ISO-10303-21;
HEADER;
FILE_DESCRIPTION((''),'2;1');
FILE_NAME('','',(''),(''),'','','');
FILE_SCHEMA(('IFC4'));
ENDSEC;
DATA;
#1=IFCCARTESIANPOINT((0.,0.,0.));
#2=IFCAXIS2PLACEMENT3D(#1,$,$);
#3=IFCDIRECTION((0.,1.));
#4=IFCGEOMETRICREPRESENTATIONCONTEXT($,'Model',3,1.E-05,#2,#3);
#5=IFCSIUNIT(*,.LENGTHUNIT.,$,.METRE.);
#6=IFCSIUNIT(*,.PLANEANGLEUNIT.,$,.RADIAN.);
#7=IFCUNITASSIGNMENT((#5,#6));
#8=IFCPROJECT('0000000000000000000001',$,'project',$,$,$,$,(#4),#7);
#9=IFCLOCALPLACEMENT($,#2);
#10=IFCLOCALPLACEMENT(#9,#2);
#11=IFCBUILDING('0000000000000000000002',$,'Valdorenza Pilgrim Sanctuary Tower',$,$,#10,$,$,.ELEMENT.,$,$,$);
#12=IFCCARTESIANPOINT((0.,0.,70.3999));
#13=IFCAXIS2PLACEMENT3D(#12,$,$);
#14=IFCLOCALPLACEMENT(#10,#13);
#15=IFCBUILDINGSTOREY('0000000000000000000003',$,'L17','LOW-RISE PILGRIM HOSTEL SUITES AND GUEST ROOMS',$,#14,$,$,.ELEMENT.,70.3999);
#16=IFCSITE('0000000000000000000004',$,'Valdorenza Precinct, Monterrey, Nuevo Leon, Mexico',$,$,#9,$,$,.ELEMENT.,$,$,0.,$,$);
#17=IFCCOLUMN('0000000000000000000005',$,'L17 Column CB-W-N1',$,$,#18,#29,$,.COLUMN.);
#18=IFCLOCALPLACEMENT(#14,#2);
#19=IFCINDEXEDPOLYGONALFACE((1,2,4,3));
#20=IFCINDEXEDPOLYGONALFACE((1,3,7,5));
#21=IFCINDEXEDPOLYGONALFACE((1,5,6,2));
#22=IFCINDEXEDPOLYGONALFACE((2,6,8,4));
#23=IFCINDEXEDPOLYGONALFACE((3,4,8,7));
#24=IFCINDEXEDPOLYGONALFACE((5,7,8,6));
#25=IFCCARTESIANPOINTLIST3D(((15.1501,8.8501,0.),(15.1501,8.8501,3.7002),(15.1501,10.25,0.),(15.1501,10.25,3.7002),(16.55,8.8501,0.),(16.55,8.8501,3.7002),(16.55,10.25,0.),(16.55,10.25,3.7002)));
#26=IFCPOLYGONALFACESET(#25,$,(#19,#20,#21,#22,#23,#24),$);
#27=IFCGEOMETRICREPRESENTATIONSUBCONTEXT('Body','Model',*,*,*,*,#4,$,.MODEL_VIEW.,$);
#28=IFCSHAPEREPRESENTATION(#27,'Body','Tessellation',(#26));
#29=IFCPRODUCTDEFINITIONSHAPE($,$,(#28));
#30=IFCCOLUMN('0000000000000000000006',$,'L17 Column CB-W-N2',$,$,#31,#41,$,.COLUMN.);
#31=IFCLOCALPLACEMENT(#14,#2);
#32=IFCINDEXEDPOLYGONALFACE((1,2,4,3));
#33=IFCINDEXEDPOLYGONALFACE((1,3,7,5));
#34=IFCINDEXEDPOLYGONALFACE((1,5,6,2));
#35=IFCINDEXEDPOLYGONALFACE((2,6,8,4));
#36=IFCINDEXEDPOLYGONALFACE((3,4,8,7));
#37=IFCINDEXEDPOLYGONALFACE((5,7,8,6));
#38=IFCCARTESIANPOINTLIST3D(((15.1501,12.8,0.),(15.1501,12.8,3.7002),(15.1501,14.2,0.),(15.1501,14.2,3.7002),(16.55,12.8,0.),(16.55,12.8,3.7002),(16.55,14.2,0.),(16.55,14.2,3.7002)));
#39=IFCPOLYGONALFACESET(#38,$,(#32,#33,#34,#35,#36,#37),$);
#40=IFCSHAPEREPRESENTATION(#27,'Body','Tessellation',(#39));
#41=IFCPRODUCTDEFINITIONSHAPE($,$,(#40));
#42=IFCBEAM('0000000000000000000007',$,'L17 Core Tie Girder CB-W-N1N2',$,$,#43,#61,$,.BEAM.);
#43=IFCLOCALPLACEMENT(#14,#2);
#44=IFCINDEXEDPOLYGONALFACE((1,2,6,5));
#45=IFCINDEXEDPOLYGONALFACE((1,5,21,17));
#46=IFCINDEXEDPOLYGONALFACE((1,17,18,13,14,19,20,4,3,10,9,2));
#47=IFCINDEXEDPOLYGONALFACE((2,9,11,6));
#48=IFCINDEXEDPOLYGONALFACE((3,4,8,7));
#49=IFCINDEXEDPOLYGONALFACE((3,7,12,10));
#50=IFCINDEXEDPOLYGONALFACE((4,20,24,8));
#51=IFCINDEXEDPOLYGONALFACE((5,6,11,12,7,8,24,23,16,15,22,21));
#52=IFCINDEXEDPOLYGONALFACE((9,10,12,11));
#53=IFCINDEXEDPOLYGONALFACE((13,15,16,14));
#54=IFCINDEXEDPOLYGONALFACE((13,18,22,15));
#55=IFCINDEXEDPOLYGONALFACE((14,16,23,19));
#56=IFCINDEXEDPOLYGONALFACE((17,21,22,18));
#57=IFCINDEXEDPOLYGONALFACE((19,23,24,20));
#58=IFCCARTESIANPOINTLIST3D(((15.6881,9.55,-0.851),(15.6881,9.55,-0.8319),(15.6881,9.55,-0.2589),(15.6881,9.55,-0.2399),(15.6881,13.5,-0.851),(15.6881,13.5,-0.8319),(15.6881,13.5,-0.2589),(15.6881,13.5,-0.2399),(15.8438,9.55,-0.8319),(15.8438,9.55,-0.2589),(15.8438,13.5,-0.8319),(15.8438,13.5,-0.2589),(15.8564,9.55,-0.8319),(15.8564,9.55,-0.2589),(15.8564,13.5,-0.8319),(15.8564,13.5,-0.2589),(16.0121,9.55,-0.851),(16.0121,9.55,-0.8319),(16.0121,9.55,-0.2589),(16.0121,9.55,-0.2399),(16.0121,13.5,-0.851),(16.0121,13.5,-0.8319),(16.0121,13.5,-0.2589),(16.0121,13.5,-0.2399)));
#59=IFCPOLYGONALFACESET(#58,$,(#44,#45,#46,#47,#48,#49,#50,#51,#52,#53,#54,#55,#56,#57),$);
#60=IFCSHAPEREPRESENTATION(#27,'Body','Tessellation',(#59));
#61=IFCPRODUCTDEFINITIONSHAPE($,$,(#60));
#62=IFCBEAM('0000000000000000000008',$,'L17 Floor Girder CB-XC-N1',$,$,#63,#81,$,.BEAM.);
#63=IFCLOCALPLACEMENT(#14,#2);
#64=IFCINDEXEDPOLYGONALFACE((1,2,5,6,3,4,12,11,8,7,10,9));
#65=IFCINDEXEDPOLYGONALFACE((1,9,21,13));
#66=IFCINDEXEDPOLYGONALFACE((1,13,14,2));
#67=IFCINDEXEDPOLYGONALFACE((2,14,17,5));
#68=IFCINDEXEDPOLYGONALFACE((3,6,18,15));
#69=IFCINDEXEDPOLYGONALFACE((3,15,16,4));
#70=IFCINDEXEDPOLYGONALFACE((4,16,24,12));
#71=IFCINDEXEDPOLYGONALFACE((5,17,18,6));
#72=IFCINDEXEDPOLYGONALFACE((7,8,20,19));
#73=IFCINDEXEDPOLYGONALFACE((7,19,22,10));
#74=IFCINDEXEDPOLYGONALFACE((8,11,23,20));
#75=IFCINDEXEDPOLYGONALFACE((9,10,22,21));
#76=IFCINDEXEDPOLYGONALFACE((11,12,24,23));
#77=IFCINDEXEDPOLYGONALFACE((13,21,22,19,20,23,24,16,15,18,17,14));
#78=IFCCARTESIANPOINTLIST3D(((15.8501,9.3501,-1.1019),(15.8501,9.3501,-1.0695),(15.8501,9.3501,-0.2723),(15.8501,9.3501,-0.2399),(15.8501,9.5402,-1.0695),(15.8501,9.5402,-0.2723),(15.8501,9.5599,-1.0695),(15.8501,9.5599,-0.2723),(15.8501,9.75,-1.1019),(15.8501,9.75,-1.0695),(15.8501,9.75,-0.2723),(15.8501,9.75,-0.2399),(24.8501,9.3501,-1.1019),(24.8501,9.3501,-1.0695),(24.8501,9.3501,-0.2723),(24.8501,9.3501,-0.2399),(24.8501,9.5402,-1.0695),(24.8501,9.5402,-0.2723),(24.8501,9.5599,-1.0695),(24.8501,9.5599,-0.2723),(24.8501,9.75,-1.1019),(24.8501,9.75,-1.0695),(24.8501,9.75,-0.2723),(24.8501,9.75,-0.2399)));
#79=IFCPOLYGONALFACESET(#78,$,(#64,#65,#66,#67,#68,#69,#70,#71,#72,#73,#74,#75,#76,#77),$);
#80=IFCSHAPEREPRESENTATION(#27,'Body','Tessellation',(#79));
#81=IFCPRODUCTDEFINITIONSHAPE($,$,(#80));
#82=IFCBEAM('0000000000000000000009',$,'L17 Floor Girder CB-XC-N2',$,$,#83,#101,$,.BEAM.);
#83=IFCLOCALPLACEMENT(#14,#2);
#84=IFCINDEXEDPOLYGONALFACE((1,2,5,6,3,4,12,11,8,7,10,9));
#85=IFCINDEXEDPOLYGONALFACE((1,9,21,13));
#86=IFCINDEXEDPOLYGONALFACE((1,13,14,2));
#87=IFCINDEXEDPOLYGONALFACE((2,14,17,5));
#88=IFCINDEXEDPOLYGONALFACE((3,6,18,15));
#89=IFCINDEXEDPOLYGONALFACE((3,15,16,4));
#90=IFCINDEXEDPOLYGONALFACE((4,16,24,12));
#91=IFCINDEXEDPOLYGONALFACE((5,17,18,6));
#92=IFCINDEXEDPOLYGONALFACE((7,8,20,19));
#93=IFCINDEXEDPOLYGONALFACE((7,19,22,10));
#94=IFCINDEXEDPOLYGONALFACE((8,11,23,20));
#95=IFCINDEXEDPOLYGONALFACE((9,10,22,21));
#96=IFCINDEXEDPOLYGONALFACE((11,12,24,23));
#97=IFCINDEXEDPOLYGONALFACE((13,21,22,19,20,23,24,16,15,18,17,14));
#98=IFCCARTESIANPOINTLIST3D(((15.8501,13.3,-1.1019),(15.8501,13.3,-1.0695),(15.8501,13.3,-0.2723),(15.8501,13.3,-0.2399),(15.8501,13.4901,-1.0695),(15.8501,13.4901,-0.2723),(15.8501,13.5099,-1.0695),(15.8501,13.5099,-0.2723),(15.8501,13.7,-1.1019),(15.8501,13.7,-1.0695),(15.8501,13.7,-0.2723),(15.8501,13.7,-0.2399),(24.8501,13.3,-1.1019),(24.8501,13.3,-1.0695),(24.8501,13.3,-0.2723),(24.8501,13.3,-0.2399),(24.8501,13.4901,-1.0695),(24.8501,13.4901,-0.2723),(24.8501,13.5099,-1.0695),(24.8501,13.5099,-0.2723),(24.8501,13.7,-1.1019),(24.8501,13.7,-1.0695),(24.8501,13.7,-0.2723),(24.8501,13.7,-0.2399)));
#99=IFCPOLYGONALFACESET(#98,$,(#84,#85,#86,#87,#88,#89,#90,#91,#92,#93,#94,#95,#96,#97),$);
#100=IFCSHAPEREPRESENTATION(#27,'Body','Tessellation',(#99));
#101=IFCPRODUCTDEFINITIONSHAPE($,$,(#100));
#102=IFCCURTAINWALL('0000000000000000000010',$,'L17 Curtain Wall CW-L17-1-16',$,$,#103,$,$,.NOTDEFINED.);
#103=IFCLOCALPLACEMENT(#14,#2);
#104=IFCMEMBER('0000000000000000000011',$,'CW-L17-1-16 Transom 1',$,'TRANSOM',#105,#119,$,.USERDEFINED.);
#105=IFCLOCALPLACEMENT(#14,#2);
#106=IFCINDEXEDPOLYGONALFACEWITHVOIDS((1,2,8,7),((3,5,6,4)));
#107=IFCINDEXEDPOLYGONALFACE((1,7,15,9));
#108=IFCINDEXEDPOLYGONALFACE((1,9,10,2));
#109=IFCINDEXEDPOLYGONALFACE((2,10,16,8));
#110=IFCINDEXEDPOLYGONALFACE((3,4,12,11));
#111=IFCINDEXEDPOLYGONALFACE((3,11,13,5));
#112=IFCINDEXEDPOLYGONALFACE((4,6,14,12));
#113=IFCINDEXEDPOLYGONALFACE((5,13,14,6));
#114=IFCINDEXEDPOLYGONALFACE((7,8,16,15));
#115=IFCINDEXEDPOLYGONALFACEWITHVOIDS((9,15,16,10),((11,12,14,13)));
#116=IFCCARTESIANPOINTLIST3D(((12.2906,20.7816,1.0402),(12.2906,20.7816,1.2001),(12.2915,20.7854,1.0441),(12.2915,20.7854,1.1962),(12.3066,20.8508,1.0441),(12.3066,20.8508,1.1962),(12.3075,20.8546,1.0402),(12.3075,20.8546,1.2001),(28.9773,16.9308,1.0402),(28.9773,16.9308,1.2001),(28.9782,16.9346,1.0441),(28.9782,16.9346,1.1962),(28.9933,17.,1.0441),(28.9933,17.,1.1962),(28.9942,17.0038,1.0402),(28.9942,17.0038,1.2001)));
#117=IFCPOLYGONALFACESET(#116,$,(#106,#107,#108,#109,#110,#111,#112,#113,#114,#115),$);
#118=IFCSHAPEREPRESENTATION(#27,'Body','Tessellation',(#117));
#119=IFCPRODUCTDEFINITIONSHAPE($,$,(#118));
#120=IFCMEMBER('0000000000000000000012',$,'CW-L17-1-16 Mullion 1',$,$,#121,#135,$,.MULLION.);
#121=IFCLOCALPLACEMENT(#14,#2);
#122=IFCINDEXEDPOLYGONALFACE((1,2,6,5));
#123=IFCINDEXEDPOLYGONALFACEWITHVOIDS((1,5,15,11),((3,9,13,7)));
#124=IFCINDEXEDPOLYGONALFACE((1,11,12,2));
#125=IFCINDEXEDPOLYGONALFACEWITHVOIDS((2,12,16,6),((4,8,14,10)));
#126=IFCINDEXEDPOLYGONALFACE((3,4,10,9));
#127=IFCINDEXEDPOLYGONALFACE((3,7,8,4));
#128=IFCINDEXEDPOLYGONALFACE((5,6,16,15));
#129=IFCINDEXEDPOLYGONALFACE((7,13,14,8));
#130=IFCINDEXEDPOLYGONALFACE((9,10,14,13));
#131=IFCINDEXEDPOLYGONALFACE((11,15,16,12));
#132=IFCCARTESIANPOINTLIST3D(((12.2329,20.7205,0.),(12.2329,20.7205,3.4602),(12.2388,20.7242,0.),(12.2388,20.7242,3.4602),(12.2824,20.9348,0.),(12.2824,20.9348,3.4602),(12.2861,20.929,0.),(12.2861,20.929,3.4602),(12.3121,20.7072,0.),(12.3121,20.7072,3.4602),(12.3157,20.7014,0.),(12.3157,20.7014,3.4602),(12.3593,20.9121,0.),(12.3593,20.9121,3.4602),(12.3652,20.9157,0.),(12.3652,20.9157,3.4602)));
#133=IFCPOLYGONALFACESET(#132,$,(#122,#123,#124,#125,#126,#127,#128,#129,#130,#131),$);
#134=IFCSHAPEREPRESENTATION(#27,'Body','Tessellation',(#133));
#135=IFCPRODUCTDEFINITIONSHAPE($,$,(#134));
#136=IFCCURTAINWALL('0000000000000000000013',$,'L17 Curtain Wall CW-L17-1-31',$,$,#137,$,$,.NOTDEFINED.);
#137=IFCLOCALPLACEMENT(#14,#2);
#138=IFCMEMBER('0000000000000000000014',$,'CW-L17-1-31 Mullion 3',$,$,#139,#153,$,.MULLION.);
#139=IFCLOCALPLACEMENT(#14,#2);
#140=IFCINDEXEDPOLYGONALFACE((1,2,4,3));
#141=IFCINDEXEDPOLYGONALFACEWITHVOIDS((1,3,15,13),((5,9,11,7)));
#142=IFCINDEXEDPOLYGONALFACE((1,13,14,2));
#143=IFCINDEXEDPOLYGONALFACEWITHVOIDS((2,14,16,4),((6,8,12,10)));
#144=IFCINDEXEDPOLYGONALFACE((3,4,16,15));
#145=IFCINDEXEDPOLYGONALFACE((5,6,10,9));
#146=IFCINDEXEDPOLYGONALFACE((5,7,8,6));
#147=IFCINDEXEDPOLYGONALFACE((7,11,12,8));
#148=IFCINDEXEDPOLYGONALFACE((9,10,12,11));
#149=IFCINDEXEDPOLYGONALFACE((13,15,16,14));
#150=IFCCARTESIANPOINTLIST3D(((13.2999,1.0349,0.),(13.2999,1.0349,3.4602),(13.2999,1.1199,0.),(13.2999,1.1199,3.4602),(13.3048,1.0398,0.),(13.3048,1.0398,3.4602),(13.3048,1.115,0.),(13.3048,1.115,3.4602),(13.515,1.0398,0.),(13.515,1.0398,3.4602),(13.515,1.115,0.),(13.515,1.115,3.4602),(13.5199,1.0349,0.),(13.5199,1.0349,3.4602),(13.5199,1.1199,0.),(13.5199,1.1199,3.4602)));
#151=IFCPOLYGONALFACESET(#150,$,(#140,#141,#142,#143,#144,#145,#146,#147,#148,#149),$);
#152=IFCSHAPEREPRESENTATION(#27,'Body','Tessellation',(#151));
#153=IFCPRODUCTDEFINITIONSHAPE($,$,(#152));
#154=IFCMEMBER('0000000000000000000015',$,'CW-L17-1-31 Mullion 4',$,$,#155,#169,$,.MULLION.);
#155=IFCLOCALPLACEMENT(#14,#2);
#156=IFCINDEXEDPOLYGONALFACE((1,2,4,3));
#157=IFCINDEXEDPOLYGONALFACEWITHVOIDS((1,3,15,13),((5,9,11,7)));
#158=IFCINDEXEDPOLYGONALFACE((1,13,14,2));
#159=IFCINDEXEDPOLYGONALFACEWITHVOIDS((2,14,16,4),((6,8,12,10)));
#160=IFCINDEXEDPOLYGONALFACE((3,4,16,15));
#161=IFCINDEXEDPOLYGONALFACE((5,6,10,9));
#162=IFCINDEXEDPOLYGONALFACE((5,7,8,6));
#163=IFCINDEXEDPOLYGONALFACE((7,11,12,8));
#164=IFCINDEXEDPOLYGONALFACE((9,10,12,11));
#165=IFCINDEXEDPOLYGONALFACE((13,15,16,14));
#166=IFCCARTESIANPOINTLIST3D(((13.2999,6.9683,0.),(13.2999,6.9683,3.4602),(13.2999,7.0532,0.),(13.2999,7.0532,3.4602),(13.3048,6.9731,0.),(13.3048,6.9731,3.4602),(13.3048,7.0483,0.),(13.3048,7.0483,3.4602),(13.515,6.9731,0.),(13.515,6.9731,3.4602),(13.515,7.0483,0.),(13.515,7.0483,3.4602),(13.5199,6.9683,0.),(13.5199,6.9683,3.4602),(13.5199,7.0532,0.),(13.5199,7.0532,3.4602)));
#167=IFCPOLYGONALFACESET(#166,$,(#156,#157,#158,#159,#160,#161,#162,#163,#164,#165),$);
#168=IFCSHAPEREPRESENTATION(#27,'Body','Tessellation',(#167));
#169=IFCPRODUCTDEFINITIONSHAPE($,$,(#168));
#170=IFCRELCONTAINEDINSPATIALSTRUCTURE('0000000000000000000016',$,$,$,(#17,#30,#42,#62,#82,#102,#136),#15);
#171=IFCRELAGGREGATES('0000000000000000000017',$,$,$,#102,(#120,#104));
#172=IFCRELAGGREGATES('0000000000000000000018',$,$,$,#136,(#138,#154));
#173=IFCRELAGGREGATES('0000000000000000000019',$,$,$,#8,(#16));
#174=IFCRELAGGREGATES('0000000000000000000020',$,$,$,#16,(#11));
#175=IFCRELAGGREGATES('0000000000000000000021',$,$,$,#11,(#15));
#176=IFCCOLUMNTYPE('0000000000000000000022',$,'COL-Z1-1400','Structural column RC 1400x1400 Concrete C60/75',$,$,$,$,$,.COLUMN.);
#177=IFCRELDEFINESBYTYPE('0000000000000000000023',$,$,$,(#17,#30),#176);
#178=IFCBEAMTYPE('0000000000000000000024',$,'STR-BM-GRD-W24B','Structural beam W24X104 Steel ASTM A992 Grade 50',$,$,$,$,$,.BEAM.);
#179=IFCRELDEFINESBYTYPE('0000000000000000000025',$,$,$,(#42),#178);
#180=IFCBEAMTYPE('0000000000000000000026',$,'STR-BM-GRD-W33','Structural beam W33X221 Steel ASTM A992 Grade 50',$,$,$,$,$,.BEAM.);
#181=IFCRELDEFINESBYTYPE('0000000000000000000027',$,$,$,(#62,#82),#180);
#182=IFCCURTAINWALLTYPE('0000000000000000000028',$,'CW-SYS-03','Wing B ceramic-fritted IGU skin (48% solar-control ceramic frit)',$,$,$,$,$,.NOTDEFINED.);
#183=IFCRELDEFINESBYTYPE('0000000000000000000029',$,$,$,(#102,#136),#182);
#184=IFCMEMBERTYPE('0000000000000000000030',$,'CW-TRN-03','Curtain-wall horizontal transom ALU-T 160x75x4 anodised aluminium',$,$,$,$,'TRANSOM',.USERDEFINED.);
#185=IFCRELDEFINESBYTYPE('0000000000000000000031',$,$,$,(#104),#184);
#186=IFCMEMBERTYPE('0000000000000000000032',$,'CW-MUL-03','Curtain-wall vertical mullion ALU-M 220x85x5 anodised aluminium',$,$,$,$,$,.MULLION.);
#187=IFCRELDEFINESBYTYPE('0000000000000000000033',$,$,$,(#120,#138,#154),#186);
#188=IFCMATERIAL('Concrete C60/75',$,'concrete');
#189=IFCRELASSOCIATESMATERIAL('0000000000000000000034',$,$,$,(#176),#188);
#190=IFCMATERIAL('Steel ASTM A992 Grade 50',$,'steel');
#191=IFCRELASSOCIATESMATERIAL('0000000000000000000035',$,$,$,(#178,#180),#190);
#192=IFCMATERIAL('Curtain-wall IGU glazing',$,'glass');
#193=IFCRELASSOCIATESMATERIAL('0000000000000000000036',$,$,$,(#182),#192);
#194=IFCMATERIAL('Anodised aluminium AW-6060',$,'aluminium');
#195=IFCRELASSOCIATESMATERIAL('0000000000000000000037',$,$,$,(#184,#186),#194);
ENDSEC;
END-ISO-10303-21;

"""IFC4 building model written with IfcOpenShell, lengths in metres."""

from ifc_helpers import new_model, si_unit, direction, frame, origin, origin_2d, place, context, subcontext, project, spatial, rectangle, hollow_rectangle, i_section, extrude, source, transform, mapped, material, material_profile, profile_set, type_object, element, aggregate, save


model = new_model("IFC4")

# Units and contexts
model_context = context("Model", 3, precision=1e-05, world=origin(), true_north=direction((0.0, 1.0)))
body_context = subcontext(model_context, "Body", "Model", "MODEL_VIEW")
ifc_project = project(units=[si_unit("LENGTHUNIT", "METRE"), si_unit("PLANEANGLEUNIT", "RADIAN")], contexts=[model_context])

# Site, building, storey
site_placement = place(None, origin())
site = spatial("IfcSite", under=ifc_project, at=site_placement, Name="Valdorenza Precinct, Monterrey, Nuevo Leon, Mexico", CompositionType="ELEMENT", RefElevation=0.0)
building_placement = place(site_placement, origin())
building = spatial("IfcBuilding", under=site, at=building_placement, Name="Valdorenza Pilgrim Sanctuary Tower", CompositionType="ELEMENT")
storey_placement = place(building_placement, frame((0.0, 0.0, 70.3999)))
storey = spatial("IfcBuildingStorey", under=building, at=storey_placement, Name="L17", Description="LOW-RISE PILGRIM HOSTEL SUITES AND GUEST ROOMS", CompositionType="ELEMENT", Elevation=70.3999)

# Columns
ifc_material_1 = material(Name="Concrete C60/75", Category="concrete")
ifc_material_profile_1 = material_profile(ifc_material_1, rectangle(XDim=1.3999, YDim=1.3999, at=origin_2d()), Name="RC 1400x1400")
ifc_profile_set_1 = profile_set([ifc_material_profile_1], Name="Concrete C60/75")
column_type = type_object("IfcColumnType", Name="COL-Z1-1400", Description="Structural column RC 1400x1400 Concrete C60/75", PredefinedType="COLUMN", material=ifc_profile_set_1)
shared_shape_1 = source(origin(), body_context, "Body", "SweptSolid", [
    extrude(rectangle(XDim=1.3999, YDim=1.3999, at=origin_2d()), origin(), (0.0, 0.0, 1.0), 3.7002),
])
for number, where, z_axis, x_axis, name in (
    (1, (15.8501, 9.55, 0.0), (0.0, 0.0, 1.0), (1.0, 0.0, 0.0), "L17 Column CB-W-N1"),
    (2, (15.8501, 13.5, 0.0), (0.0, 0.0, 1.0), (1.0, 0.0, 0.0), "L17 Column CB-W-N2"),
):
    element("IfcColumn", number, at=place(storey_placement, frame(where, z_axis=z_axis, x_axis=x_axis)), inside=storey, type_object=column_type, Name=name, PredefinedType="COLUMN", context=body_context, shape_type="MappedRepresentation", body=[
        mapped(shared_shape_1, transform((0.0, 0.0, 0.0), x_axis=(1.0, 0.0, 0.0), y_axis=(0.0, 1.0, 0.0), z_axis=(0.0, 0.0, 1.0), scale=1.0)),
    ])

# Beams
ifc_material_2 = material(Name="Steel ASTM A992 Grade 50", Category="steel")
ifc_material_profile_2 = material_profile(ifc_material_2, i_section(OverallWidth=0.324, OverallDepth=0.6111, WebThickness=0.0127, FlangeThickness=0.019, at=origin_2d()), Name="W24X104")
ifc_profile_set_2 = profile_set([ifc_material_profile_2], Name="Steel ASTM A992 Grade 50")
beam_type_1 = type_object("IfcBeamType", Name="STR-BM-GRD-W24B", Description="Structural beam W24X104 Steel ASTM A992 Grade 50", PredefinedType="BEAM", material=ifc_profile_set_2)
shared_shape_2 = source(origin(), body_context, "Body", "SweptSolid", [
    extrude(i_section(OverallWidth=0.324, OverallDepth=0.6111, WebThickness=0.0127, FlangeThickness=0.019, at=origin_2d()), origin(), (0.0, 0.0, 1.0), 3.95),
])
beam_placement = place(storey_placement, frame((15.8501, 9.55, -0.5454), z_axis=(0.0, 1.0, 0.0), x_axis=(-1.0, 0.0, 0.0)))
element("IfcBeam", 3, at=beam_placement, inside=storey, type_object=beam_type_1, Name="L17 Core Tie Girder CB-W-N1N2", PredefinedType="BEAM", context=body_context, shape_type="MappedRepresentation", body=[
    mapped(shared_shape_2, transform((0.0, 0.0, 0.0), x_axis=(1.0, 0.0, 0.0), y_axis=(0.0, 1.0, 0.0), z_axis=(0.0, 0.0, 1.0), scale=1.0)),
])
ifc_material_profile_3 = material_profile(ifc_material_2, i_section(OverallWidth=0.3999, OverallDepth=0.8621, WebThickness=0.0198, FlangeThickness=0.0325, at=origin_2d()), Name="W33X221")
ifc_profile_set_3 = profile_set([ifc_material_profile_3], Name="Steel ASTM A992 Grade 50")
beam_type_2 = type_object("IfcBeamType", Name="STR-BM-GRD-W33", Description="Structural beam W33X221 Steel ASTM A992 Grade 50", PredefinedType="BEAM", material=ifc_profile_set_3)
shared_shape_3 = source(origin(), body_context, "Body", "SweptSolid", [
    extrude(i_section(OverallWidth=0.3999, OverallDepth=0.8621, WebThickness=0.0198, FlangeThickness=0.0325, at=origin_2d()), origin(), (0.0, 0.0, 1.0), 9.0),
])
for number, where, z_axis, x_axis, name in (
    (4, (15.8501, 9.55, -0.6709), (1.0, 0.0, 0.0), (0.0, 1.0, 0.0), "L17 Floor Girder CB-XC-N1"),
    (5, (15.8501, 13.5, -0.6709), (1.0, 0.0, 0.0), (0.0, 1.0, 0.0), "L17 Floor Girder CB-XC-N2"),
):
    element("IfcBeam", number, at=place(storey_placement, frame(where, z_axis=z_axis, x_axis=x_axis)), inside=storey, type_object=beam_type_2, Name=name, PredefinedType="BEAM", context=body_context, shape_type="MappedRepresentation", body=[
        mapped(shared_shape_3, transform((0.0, 0.0, 0.0), x_axis=(1.0, 0.0, 0.0), y_axis=(0.0, 1.0, 0.0), z_axis=(0.0, 0.0, 1.0), scale=1.0)),
    ])

# Curtain walls, members
ifc_material_3 = material(Name="Curtain-wall IGU glazing", Category="glass")
curtain_wall_type = type_object("IfcCurtainWallType", Name="CW-SYS-03", Description="Wing B ceramic-fritted IGU skin (48% solar-control ceramic frit)", PredefinedType="NOTDEFINED", material=ifc_material_3)
curtain_wall_1_placement = place(storey_placement, origin())
curtain_wall_1 = element("IfcCurtainWall", 6, at=curtain_wall_1_placement, inside=storey, type_object=curtain_wall_type, Name="L17 Curtain Wall CW-L17-1-16", PredefinedType="NOTDEFINED")
ifc_material_4 = material(Name="Anodised aluminium AW-6060", Category="aluminium")
ifc_material_profile_4 = material_profile(ifc_material_4, hollow_rectangle(XDim=0.075, YDim=0.1599, WallThickness=0.0039, at=origin_2d()), Name="ALU-T 160x75x4")
ifc_profile_set_4 = profile_set([ifc_material_profile_4], Name="Anodised aluminium AW-6060")
member_type_1 = type_object("IfcMemberType", Name="CW-TRN-03", Description="Curtain-wall horizontal transom ALU-T 160x75x4 anodised aluminium", ElementType="TRANSOM", PredefinedType="USERDEFINED", material=ifc_profile_set_4)
shared_shape_4 = source(origin(), body_context, "Body", "SweptSolid", [
    extrude(hollow_rectangle(XDim=0.075, YDim=0.1599, WallThickness=0.0039, at=origin_2d()), origin(), (0.0, 0.0, 1.0), 17.1252),
])
member_1_placement = place(storey_placement, frame((12.2991, 20.8181, 1.1201), z_axis=(0.974391, -0.224862, 0.0), x_axis=(0.224862, 0.974391, 0.0)))
member_1 = element("IfcMember", 7, at=member_1_placement, type_object=member_type_1, Name="CW-L17-1-16 Transom 1", ObjectType="TRANSOM", PredefinedType="USERDEFINED", context=body_context, shape_type="MappedRepresentation", body=[
    mapped(shared_shape_4, transform((0.0, 0.0, 0.0), x_axis=(1.0, 0.0, 0.0), y_axis=(0.0, 1.0, 0.0), z_axis=(0.0, 0.0, 1.0), scale=1.0)),
])
ifc_material_profile_5 = material_profile(ifc_material_4, hollow_rectangle(XDim=0.085, YDim=0.22, WallThickness=0.0049, at=origin_2d()), Name="ALU-M 220x85x5")
ifc_profile_set_5 = profile_set([ifc_material_profile_5], Name="Anodised aluminium AW-6060")
member_type_2 = type_object("IfcMemberType", Name="CW-MUL-03", Description="Curtain-wall vertical mullion ALU-M 220x85x5 anodised aluminium", PredefinedType="MULLION", material=ifc_profile_set_5)
shared_shape_5 = source(origin(), body_context, "Body", "SweptSolid", [
    extrude(hollow_rectangle(XDim=0.085, YDim=0.22, WallThickness=0.0049, at=origin_2d()), origin(), (0.0, 0.0, 1.0), 3.4602),
])
member_2_placement = place(storey_placement, frame((12.2991, 20.8181, 0.0), z_axis=(0.0, 0.0, 1.0), x_axis=(0.97439, -0.224866, 0.0)))
member_2 = element("IfcMember", 8, at=member_2_placement, type_object=member_type_2, Name="CW-L17-1-16 Mullion 1", PredefinedType="MULLION", context=body_context, shape_type="MappedRepresentation", body=[
    mapped(shared_shape_5, transform((0.0, 0.0, 0.0), x_axis=(1.0, 0.0, 0.0), y_axis=(0.0, 1.0, 0.0), z_axis=(0.0, 0.0, 1.0), scale=1.0)),
])
curtain_wall_2_placement = place(storey_placement, origin())
curtain_wall_2 = element("IfcCurtainWall", 9, at=curtain_wall_2_placement, inside=storey, type_object=curtain_wall_type, Name="L17 Curtain Wall CW-L17-1-31", PredefinedType="NOTDEFINED")
member_3_placement = place(storey_placement, frame((13.4099, 1.0774, 0.0), z_axis=(0.0, 0.0, 1.0), x_axis=(0.0, 1.0, 0.0)))
member_3 = element("IfcMember", 10, at=member_3_placement, type_object=member_type_2, Name="CW-L17-1-31 Mullion 3", PredefinedType="MULLION", context=body_context, shape_type="MappedRepresentation", body=[
    mapped(shared_shape_5, transform((0.0, 0.0, 0.0), x_axis=(1.0, 0.0, 0.0), y_axis=(0.0, 1.0, 0.0), z_axis=(0.0, 0.0, 1.0), scale=1.0)),
])
member_4_placement = place(storey_placement, frame((13.4099, 7.0107, 0.0), z_axis=(0.0, 0.0, 1.0), x_axis=(0.0, 1.0, 0.0)))
member_4 = element("IfcMember", 11, at=member_4_placement, type_object=member_type_2, Name="CW-L17-1-31 Mullion 4", PredefinedType="MULLION", context=body_context, shape_type="MappedRepresentation", body=[
    mapped(shared_shape_5, transform((0.0, 0.0, 0.0), x_axis=(1.0, 0.0, 0.0), y_axis=(0.0, 1.0, 0.0), z_axis=(0.0, 0.0, 1.0), scale=1.0)),
])

aggregate(curtain_wall_1, [member_2, member_1])
aggregate(curtain_wall_2, [member_3, member_4])

save(model, "model.ifc")
